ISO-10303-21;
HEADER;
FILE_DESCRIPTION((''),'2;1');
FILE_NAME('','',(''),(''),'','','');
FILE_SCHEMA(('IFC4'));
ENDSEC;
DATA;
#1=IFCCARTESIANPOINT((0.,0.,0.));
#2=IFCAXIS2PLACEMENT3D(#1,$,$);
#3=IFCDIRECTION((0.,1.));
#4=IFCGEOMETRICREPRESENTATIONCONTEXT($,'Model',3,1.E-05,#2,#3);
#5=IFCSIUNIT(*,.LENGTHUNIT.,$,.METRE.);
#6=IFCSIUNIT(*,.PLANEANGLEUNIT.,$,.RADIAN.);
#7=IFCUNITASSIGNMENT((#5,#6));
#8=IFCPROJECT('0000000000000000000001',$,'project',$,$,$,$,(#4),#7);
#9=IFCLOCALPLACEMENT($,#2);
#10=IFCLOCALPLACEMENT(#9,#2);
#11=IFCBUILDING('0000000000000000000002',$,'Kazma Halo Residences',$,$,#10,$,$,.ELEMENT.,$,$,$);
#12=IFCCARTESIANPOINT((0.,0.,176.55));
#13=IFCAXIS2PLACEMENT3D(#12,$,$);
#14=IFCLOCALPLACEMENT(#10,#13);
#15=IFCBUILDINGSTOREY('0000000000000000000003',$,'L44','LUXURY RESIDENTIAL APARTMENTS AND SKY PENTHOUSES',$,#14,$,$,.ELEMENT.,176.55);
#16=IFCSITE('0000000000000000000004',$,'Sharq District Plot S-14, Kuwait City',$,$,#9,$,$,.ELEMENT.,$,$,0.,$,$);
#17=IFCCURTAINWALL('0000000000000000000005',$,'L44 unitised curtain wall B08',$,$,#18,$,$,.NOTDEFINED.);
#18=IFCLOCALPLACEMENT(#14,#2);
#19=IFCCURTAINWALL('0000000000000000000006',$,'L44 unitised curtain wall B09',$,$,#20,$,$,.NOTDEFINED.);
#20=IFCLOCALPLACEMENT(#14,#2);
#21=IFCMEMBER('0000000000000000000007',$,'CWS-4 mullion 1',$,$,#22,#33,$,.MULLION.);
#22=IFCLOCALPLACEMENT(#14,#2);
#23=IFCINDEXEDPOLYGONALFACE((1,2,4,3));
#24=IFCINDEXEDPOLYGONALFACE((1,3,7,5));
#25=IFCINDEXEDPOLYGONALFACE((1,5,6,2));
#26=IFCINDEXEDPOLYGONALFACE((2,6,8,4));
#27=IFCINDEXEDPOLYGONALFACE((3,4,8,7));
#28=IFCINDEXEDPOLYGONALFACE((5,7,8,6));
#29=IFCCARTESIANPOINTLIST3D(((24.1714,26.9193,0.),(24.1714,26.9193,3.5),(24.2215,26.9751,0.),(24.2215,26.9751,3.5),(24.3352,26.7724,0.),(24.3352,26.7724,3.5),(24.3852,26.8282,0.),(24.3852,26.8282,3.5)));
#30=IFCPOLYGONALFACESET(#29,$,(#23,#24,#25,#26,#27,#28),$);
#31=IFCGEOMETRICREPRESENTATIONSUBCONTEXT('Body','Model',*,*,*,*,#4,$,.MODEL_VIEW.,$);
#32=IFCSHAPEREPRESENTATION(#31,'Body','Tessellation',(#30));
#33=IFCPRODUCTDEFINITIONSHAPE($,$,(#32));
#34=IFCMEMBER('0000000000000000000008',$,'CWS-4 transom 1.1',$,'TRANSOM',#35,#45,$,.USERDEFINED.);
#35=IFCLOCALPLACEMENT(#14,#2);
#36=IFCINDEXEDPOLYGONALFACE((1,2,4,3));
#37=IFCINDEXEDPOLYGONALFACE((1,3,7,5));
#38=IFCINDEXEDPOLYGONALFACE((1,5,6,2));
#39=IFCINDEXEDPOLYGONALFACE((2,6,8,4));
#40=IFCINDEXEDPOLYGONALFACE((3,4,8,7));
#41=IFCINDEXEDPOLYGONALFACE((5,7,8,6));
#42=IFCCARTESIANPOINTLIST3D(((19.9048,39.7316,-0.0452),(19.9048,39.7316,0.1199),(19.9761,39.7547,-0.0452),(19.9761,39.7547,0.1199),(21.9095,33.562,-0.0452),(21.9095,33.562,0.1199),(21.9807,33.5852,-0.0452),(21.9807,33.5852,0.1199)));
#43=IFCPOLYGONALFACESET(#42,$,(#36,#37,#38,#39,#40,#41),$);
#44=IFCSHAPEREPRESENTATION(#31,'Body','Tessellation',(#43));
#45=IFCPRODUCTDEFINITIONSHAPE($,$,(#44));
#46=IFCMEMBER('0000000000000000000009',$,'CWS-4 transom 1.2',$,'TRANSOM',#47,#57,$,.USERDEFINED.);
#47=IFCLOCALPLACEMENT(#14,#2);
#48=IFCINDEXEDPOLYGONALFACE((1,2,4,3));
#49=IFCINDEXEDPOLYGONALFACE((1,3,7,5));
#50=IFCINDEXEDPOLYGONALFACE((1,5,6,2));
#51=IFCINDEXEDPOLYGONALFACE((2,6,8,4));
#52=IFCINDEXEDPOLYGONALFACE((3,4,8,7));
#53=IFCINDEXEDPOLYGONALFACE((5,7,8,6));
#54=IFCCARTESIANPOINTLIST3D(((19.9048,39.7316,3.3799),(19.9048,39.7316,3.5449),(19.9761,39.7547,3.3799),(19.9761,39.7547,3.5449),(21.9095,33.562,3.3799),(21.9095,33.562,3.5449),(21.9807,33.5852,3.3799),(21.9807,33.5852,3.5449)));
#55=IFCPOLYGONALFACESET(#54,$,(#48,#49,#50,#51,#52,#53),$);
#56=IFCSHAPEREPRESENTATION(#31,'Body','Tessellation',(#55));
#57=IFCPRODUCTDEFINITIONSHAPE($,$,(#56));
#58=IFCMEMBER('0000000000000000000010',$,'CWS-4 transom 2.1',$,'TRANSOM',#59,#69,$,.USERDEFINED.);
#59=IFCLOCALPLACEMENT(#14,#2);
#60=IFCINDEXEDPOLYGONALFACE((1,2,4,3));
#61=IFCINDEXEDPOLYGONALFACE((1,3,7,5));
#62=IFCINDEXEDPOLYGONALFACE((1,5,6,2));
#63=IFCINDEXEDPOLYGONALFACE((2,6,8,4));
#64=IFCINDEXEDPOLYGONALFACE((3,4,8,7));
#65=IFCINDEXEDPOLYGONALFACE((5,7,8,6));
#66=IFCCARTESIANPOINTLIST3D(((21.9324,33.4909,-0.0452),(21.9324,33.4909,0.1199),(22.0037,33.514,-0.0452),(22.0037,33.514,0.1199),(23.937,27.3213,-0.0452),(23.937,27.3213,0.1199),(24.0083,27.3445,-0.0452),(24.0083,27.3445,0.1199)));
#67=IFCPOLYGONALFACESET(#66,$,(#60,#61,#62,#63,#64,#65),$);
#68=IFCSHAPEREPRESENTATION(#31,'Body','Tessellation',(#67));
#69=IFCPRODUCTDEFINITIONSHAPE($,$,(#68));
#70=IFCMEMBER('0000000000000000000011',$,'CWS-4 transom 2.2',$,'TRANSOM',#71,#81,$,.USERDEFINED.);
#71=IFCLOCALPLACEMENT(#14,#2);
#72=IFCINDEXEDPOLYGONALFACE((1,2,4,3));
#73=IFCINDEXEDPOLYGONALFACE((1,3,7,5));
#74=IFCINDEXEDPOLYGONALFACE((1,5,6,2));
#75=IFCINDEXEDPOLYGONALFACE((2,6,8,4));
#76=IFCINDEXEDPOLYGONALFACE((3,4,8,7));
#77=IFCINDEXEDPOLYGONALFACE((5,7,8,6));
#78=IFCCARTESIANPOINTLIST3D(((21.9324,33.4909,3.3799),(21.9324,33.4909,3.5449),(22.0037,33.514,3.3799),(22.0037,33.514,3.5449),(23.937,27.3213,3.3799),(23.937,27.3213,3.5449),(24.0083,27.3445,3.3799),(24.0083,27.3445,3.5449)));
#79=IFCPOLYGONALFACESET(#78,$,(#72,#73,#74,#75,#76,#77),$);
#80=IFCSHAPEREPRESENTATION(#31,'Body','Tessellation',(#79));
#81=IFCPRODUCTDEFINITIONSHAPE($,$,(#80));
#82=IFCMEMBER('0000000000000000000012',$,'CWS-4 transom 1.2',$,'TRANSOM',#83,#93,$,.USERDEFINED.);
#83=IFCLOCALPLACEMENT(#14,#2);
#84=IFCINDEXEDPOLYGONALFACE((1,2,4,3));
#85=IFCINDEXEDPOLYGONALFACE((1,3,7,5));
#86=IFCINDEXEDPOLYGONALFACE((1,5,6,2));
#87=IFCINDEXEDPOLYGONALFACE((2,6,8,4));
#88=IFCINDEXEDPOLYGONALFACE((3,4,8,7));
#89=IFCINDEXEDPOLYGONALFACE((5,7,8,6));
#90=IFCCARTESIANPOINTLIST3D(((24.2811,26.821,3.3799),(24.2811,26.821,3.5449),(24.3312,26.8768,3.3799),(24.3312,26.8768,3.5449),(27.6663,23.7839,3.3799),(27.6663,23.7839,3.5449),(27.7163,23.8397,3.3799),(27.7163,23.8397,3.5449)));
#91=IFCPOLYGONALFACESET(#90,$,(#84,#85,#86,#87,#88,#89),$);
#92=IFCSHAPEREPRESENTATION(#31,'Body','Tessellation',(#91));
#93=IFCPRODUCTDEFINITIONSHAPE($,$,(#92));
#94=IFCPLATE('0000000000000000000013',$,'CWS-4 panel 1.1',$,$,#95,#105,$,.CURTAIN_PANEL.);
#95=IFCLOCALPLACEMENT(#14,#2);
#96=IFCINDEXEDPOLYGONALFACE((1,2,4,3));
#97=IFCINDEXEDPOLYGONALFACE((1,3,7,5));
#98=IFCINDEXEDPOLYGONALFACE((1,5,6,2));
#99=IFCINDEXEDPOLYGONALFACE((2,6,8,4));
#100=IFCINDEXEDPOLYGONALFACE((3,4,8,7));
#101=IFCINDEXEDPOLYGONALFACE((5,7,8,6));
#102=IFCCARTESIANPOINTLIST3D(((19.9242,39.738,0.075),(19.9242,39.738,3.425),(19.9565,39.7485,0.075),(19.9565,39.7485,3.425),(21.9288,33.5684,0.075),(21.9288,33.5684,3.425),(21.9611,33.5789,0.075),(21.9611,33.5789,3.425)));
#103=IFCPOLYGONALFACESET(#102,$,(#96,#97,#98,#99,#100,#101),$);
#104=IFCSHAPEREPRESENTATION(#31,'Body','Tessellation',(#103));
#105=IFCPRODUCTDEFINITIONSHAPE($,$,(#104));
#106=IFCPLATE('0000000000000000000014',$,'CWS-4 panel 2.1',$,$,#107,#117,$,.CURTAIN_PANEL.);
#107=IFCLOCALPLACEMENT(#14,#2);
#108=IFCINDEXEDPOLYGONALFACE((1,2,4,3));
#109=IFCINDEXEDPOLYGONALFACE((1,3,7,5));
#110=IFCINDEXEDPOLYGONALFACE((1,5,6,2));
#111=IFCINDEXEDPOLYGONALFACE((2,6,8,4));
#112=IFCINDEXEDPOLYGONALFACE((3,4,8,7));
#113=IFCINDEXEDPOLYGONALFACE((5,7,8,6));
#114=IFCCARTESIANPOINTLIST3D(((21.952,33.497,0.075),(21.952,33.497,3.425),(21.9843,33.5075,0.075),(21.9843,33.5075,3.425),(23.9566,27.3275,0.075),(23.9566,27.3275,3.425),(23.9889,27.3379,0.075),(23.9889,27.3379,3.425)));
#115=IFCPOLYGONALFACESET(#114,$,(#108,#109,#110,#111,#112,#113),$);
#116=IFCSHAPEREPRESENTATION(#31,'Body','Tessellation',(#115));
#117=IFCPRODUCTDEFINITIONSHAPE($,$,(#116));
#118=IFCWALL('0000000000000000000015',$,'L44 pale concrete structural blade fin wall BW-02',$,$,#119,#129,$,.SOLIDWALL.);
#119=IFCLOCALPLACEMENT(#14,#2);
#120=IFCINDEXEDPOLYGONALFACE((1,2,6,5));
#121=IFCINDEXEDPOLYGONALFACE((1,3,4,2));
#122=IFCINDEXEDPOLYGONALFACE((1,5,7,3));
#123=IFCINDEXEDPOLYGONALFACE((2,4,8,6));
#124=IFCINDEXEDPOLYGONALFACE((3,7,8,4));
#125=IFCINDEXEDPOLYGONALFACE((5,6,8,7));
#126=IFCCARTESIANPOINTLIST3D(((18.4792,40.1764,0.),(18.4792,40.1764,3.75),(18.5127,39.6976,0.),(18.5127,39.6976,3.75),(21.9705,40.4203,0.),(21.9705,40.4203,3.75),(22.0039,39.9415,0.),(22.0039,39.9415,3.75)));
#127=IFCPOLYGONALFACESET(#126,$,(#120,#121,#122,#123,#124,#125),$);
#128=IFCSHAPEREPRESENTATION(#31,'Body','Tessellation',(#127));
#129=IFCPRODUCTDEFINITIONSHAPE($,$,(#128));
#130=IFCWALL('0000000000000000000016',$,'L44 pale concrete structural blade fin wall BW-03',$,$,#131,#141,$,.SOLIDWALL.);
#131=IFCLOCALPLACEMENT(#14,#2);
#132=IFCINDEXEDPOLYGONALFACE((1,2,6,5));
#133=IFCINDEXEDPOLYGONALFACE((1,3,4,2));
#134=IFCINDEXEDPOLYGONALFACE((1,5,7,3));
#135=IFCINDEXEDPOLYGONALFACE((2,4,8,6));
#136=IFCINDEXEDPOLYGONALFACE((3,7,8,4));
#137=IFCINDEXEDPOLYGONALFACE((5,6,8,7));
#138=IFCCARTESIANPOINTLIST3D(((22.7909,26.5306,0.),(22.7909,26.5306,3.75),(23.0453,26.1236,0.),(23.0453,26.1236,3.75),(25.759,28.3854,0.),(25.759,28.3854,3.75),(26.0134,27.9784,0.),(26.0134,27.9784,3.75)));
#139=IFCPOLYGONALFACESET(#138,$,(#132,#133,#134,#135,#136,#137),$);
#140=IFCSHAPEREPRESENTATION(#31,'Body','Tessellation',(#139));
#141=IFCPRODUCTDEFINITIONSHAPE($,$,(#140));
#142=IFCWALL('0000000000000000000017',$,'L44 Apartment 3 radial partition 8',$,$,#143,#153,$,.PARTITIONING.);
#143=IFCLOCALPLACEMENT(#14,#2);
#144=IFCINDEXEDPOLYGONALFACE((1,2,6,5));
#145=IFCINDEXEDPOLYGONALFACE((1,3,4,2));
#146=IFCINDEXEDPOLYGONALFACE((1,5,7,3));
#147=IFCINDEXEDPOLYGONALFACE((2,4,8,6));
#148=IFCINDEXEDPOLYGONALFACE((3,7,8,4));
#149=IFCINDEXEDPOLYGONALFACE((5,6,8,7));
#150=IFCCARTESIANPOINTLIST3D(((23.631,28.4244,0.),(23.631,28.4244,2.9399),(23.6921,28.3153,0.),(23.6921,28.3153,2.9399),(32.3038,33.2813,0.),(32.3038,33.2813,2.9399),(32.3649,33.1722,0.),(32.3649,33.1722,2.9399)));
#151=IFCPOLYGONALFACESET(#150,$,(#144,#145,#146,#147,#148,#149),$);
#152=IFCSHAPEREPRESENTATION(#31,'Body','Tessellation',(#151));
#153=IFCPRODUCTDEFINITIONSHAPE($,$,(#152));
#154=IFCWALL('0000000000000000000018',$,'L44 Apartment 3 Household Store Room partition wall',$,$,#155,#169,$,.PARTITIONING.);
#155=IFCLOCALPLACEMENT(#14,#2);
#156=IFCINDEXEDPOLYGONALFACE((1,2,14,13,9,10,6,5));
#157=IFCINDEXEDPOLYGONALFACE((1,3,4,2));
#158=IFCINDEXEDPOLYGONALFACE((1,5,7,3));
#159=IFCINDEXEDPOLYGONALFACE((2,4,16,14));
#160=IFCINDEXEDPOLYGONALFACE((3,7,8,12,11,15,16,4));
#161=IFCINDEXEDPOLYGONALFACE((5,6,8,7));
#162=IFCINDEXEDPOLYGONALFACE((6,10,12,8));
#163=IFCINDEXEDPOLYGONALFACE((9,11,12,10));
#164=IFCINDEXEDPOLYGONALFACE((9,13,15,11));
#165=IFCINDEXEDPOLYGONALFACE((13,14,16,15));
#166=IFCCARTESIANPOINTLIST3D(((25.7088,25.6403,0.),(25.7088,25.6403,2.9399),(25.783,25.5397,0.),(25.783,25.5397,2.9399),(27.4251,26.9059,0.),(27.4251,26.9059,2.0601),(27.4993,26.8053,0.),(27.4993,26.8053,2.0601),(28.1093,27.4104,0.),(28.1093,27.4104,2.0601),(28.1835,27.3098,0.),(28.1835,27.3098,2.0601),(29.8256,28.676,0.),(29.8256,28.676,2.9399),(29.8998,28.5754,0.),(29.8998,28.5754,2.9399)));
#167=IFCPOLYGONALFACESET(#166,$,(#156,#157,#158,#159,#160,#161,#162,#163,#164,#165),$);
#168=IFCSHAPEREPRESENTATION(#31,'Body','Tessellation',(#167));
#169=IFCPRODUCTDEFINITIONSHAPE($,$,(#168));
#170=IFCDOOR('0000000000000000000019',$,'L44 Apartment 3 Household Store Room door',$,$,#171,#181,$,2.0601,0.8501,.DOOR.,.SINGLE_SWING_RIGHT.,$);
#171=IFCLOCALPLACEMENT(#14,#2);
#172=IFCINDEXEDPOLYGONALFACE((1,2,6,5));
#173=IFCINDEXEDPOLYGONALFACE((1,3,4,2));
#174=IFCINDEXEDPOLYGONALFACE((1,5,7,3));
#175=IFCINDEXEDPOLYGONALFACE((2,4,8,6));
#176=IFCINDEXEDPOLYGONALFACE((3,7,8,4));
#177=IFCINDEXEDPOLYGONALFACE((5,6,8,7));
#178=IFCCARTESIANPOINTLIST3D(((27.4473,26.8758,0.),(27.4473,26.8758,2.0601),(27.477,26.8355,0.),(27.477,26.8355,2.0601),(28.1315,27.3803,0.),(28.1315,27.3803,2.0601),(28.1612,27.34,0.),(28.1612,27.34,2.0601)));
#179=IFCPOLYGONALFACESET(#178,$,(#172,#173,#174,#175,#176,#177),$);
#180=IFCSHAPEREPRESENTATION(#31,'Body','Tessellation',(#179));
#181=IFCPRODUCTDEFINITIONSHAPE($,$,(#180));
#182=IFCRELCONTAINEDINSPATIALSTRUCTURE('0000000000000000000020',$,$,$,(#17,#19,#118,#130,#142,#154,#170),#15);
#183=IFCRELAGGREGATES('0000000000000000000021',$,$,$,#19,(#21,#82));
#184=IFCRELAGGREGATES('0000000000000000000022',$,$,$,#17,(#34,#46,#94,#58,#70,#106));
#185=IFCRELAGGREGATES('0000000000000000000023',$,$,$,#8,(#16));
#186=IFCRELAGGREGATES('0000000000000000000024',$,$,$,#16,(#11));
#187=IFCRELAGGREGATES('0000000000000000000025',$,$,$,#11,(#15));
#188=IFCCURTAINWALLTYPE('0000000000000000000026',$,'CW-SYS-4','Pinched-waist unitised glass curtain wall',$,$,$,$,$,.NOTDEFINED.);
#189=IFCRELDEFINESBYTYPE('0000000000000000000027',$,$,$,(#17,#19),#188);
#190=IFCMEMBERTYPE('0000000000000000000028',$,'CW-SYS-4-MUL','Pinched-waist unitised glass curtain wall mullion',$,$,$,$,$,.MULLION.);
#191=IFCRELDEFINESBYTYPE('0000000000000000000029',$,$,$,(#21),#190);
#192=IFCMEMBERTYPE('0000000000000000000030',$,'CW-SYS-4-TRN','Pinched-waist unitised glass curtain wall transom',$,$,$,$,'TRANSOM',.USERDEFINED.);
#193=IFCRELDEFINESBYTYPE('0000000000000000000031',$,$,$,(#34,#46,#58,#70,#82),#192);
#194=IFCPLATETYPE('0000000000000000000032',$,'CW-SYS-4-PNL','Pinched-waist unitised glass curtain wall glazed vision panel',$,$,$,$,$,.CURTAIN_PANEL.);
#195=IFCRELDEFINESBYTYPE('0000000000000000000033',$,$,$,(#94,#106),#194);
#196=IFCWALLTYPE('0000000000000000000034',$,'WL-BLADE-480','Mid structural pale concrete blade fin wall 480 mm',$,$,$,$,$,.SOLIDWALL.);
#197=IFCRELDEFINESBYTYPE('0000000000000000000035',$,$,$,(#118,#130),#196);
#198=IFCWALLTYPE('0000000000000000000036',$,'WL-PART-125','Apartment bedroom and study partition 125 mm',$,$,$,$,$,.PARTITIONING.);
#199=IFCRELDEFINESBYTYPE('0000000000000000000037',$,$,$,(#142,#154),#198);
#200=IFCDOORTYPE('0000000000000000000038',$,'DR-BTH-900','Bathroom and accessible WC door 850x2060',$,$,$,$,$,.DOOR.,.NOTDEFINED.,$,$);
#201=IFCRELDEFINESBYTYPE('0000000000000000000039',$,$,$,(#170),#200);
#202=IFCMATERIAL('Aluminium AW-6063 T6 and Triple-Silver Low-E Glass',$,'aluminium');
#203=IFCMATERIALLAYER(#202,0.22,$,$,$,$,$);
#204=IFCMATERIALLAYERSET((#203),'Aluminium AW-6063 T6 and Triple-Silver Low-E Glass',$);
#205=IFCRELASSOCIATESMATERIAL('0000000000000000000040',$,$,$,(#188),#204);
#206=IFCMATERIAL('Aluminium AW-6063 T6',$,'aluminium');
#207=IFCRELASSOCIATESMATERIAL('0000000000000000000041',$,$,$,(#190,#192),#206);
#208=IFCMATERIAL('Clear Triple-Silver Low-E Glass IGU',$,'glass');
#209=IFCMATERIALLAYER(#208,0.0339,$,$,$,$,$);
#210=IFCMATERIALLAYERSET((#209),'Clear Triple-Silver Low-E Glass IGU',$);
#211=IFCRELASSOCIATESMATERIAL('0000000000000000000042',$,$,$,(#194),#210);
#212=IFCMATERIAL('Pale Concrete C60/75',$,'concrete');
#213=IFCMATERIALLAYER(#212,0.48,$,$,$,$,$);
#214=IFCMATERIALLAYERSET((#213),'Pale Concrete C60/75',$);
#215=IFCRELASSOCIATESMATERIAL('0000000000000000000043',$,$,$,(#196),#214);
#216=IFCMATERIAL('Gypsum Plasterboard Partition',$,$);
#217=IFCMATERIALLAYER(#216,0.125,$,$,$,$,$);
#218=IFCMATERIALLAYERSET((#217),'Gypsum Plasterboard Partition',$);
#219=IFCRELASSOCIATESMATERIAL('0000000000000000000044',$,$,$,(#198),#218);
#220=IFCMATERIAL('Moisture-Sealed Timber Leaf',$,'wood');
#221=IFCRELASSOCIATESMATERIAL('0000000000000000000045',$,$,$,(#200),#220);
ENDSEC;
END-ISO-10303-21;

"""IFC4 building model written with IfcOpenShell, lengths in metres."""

from ifc_helpers import new_model, si_unit, direction, frame, frame_2d, origin, origin_2d, place, context, subcontext, project, spatial, rectangle, extrude, material, layer, layer_set, material_profile, profile_set, type_object, element, fill, aggregate, save


model = new_model("IFC4")

# Units and contexts
model_context = context("Model", 3, precision=1e-05, world=origin(), true_north=direction((0.0, 1.0)))
body_context = subcontext(model_context, "Body", "Model", "MODEL_VIEW")
ifc_project = project(units=[si_unit("LENGTHUNIT", "METRE"), si_unit("PLANEANGLEUNIT", "RADIAN")], contexts=[model_context])

# Site, building, storey
site_placement = place(None, origin())
site = spatial("IfcSite", under=ifc_project, at=site_placement, Name="Sharq District Plot S-14, Kuwait City", CompositionType="ELEMENT", RefElevation=0.0)
building_placement = place(site_placement, origin())
building = spatial("IfcBuilding", under=site, at=building_placement, Name="Kazma Halo Residences", CompositionType="ELEMENT")
storey_placement = place(building_placement, frame((0.0, 0.0, 176.55)))
storey = spatial("IfcBuildingStorey", under=building, at=storey_placement, Name="L44", Description="LUXURY RESIDENTIAL APARTMENTS AND SKY PENTHOUSES", CompositionType="ELEMENT", Elevation=176.55)

# Curtain wall
ifc_material_1 = material(Name="Aluminium AW-6063 T6 and Triple-Silver Low-E Glass", Category="aluminium")
ifc_layer_1 = layer(ifc_material_1, 0.22)
ifc_layer_set_1 = layer_set([ifc_layer_1], Name="Aluminium AW-6063 T6 and Triple-Silver Low-E Glass")
curtain_wall_type = type_object("IfcCurtainWallType", Name="CW-SYS-4", Description="Pinched-waist unitised glass curtain wall", PredefinedType="NOTDEFINED", material=ifc_layer_set_1)
curtain_wall_1_placement = place(storey_placement, origin())
curtain_wall_1 = element("IfcCurtainWall", 1, at=curtain_wall_1_placement, inside=storey, type_object=curtain_wall_type, Name="L44 unitised curtain wall B08", PredefinedType="NOTDEFINED")
ifc_material_2 = material(Name="Aluminium AW-6063 T6", Category="aluminium")
ifc_material_profile_1 = material_profile(ifc_material_2, rectangle(XDim=0.075, YDim=0.22, at=origin_2d()), Name="CWM-75x220")
ifc_profile_set_1 = profile_set([ifc_material_profile_1], Name="Aluminium AW-6063 T6")
member_type_1 = type_object("IfcMemberType", Name="CW-SYS-4-MUL", Description="Pinched-waist unitised glass curtain wall mullion", PredefinedType="MULLION", material=ifc_profile_set_1)

# Curtain wall, member
curtain_wall_2_placement = place(storey_placement, origin())
curtain_wall_2 = element("IfcCurtainWall", 2, at=curtain_wall_2_placement, inside=storey, type_object=curtain_wall_type, Name="L44 unitised curtain wall B09", PredefinedType="NOTDEFINED")
member_1_placement = place(storey_placement, frame((24.2783, 26.8738, 0.0), z_axis=(0.0, 0.0, 1.0), x_axis=(0.667784, 0.744355, 0.0)))
member_1 = element("IfcMember", 3, at=member_1_placement, type_object=member_type_1, Name="CWS-4 mullion 1", PredefinedType="MULLION", context=body_context, shape_type="SweptSolid", body=[
    extrude(rectangle(XDim=0.075, YDim=0.22, at=origin_2d()), origin(), (0.0, 0.0, 1.0), 3.5),
])

# Members
ifc_material_profile_2 = material_profile(ifc_material_2, rectangle(XDim=0.075, YDim=0.165, at=origin_2d()), Name="CWT-75x165")
ifc_profile_set_2 = profile_set([ifc_material_profile_2], Name="Aluminium AW-6063 T6")
member_type_2 = type_object("IfcMemberType", Name="CW-SYS-4-TRN", Description="Pinched-waist unitised glass curtain wall transom", ElementType="TRANSOM", PredefinedType="USERDEFINED", material=ifc_profile_set_2)
member_2_placement = place(storey_placement, frame((19.9404, 39.7432, 0.0374), z_axis=(0.309027, -0.951053, 0.0), x_axis=(0.951053, 0.309027, 0.0)))
member_2 = element("IfcMember", 4, at=member_2_placement, type_object=member_type_2, Name="CWS-4 transom 1.1", ObjectType="TRANSOM", PredefinedType="USERDEFINED", context=body_context, shape_type="SweptSolid", body=[
    extrude(rectangle(XDim=0.075, YDim=0.165, at=origin_2d()), origin(), (0.0, 0.0, 1.0), 6.4871),
])
member_3_placement = place(storey_placement, frame((19.9404, 39.7432, 3.4624), z_axis=(0.309027, -0.951053, 0.0), x_axis=(0.951053, 0.309027, 0.0)))
member_3 = element("IfcMember", 5, at=member_3_placement, type_object=member_type_2, Name="CWS-4 transom 1.2", ObjectType="TRANSOM", PredefinedType="USERDEFINED", context=body_context, shape_type="SweptSolid", body=[
    extrude(rectangle(XDim=0.075, YDim=0.165, at=origin_2d()), origin(), (0.0, 0.0, 1.0), 6.4871),
])
member_4_placement = place(storey_placement, frame((21.968, 33.5024, 0.0374), z_axis=(0.309015, -0.951057, 0.0), x_axis=(0.951057, 0.309015, 0.0)))
member_4 = element("IfcMember", 6, at=member_4_placement, type_object=member_type_2, Name="CWS-4 transom 2.1", ObjectType="TRANSOM", PredefinedType="USERDEFINED", context=body_context, shape_type="SweptSolid", body=[
    extrude(rectangle(XDim=0.075, YDim=0.165, at=origin_2d()), origin(), (0.0, 0.0, 1.0), 6.4871),
])
member_5_placement = place(storey_placement, frame((21.968, 33.5024, 3.4624), z_axis=(0.309015, -0.951057, 0.0), x_axis=(0.951057, 0.309015, 0.0)))
member_5 = element("IfcMember", 7, at=member_5_placement, type_object=member_type_2, Name="CWS-4 transom 2.2", ObjectType="TRANSOM", PredefinedType="USERDEFINED", context=body_context, shape_type="SweptSolid", body=[
    extrude(rectangle(XDim=0.075, YDim=0.165, at=origin_2d()), origin(), (0.0, 0.0, 1.0), 6.4871),
])
member_6_placement = place(storey_placement, frame((24.3062, 26.8489, 3.4624), z_axis=(0.744345, -0.667795, 0.0), x_axis=(0.667795, 0.744345, 0.0)))
member_6 = element("IfcMember", 8, at=member_6_placement, type_object=member_type_2, Name="CWS-4 transom 1.2", ObjectType="TRANSOM", PredefinedType="USERDEFINED", context=body_context, shape_type="SweptSolid", body=[
    extrude(rectangle(XDim=0.075, YDim=0.165, at=origin_2d()), origin(), (0.0, 0.0, 1.0), 4.5479),
])
aggregate(curtain_wall_2, [member_1, member_6])

# Plates
ifc_material_3 = material(Name="Clear Triple-Silver Low-E Glass IGU", Category="glass")
ifc_layer_2 = layer(ifc_material_3, 0.0339)
ifc_layer_set_2 = layer_set([ifc_layer_2], Name="Clear Triple-Silver Low-E Glass IGU")
plate_type = type_object("IfcPlateType", Name="CW-SYS-4-PNL", Description="Pinched-waist unitised glass curtain wall glazed vision panel", PredefinedType="CURTAIN_PANEL", material=ifc_layer_set_2)
plate_1_placement = place(storey_placement, frame((20.9426, 36.6584, 0.075), z_axis=(0.0, 0.0, 1.0), x_axis=(0.309016, -0.951057, 0.0)))
plate_1 = element("IfcPlate", 9, at=plate_1_placement, type_object=plate_type, Name="CWS-4 panel 1.1", PredefinedType="CURTAIN_PANEL", context=body_context, shape_type="SweptSolid", body=[
    extrude(rectangle(XDim=6.4871, YDim=0.0339, at=origin_2d()), origin(), (0.0, 0.0, 1.0), 3.3501),
])
plate_2_placement = place(storey_placement, frame((22.9705, 30.4175, 0.075), z_axis=(0.0, 0.0, 1.0), x_axis=(0.309016, -0.951057, 0.0)))
plate_2 = element("IfcPlate", 10, at=plate_2_placement, type_object=plate_type, Name="CWS-4 panel 2.1", PredefinedType="CURTAIN_PANEL", context=body_context, shape_type="SweptSolid", body=[
    extrude(rectangle(XDim=6.4871, YDim=0.0339, at=origin_2d()), origin(), (0.0, 0.0, 1.0), 3.3501),
])
aggregate(curtain_wall_1, [member_2, member_3, plate_1, member_4, member_5, plate_2])

# Walls
ifc_material_4 = material(Name="Pale Concrete C60/75", Category="concrete")
ifc_layer_3 = layer(ifc_material_4, 0.48)
ifc_layer_set_3 = layer_set([ifc_layer_3], Name="Pale Concrete C60/75")
wall_type_1 = type_object("IfcWallType", Name="WL-BLADE-480", Description="Mid structural pale concrete blade fin wall 480 mm", PredefinedType="SOLIDWALL", material=ifc_layer_set_3)
wall_1_placement = place(storey_placement, frame((21.9873, 40.1809, 0.0), z_axis=(0.0, 0.0, 1.0), x_axis=(-0.997569, -0.06969, 0.0)))
element("IfcWall", 11, at=wall_1_placement, inside=storey, type_object=wall_type_1, Name="L44 pale concrete structural blade fin wall BW-02", PredefinedType="SOLIDWALL", context=body_context, shape_type="SweptSolid", body=[
    extrude(rectangle(XDim=3.4998, YDim=0.48, at=frame_2d((1.75, 0.0))), origin(), (0.0, 0.0, 1.0), 3.75),
])
wall_2_placement = place(storey_placement, frame((25.8862, 28.1819, 0.0), z_axis=(0.0, 0.0, 1.0), x_axis=(-0.848034, -0.529943, 0.0)))
element("IfcWall", 12, at=wall_2_placement, inside=storey, type_object=wall_type_1, Name="L44 pale concrete structural blade fin wall BW-03", PredefinedType="SOLIDWALL", context=body_context, shape_type="SweptSolid", body=[
    extrude(rectangle(XDim=3.5, YDim=0.48, at=frame_2d((1.75, 0.0))), origin(), (0.0, 0.0, 1.0), 3.75),
])
ifc_material_5 = material(Name="Gypsum Plasterboard Partition")
ifc_layer_4 = layer(ifc_material_5, 0.125)
ifc_layer_set_4 = layer_set([ifc_layer_4], Name="Gypsum Plasterboard Partition")
wall_type_2 = type_object("IfcWallType", Name="WL-PART-125", Description="Apartment bedroom and study partition 125 mm", PredefinedType="PARTITIONING", material=ifc_layer_set_4)
wall_3_placement = place(storey_placement, frame((32.3345, 33.2268, 0.0), z_axis=(0.0, 0.0, 1.0), x_axis=(-0.8725, -0.488614, 0.0)))
element("IfcWall", 13, at=wall_3_placement, inside=storey, type_object=wall_type_2, Name="L44 Apartment 3 radial partition 8", PredefinedType="PARTITIONING", context=body_context, shape_type="SweptSolid", body=[
    extrude(rectangle(XDim=9.9402, YDim=0.125, at=frame_2d((4.9702, 0.0))), origin(), (0.0, 0.0, 1.0), 2.9399),
])

# Wall, opening, door
wall_4_placement = place(storey_placement, frame((29.8628, 28.6257, 0.0), z_axis=(0.0, 0.0, 1.0), x_axis=(-0.804842, -0.593489, 0.0)))
wall_4 = element("IfcWall", 14, at=wall_4_placement, inside=storey, type_object=wall_type_2, Name="L44 Apartment 3 Household Store Room partition wall", PredefinedType="PARTITIONING", context=body_context, shape_type="SweptSolid", body=[
    extrude(rectangle(XDim=5.115, YDim=0.125, at=frame_2d((2.5576, 0.0))), origin(), (0.0, 0.0, 1.0), 2.9399),
])
opening_1_placement = place(wall_4_placement, frame((2.1326, 0.0, 0.0)))
opening_1 = element("IfcOpeningElement", 15, at=opening_1_placement, cuts=wall_4, PredefinedType="OPENING", context=body_context, shape_type="SweptSolid", body=[
    extrude(rectangle(XDim=0.8501, YDim=2.0601, at=frame_2d((0.425, 1.03))), frame((0.0, 0.0725, 0.0), z_axis=(0.0, -1.0, 0.0), x_axis=(1.0, 0.0, 0.0)), (0.0, 0.0, 1.0), 0.145),
])
ifc_material_6 = material(Name="Moisture-Sealed Timber Leaf", Category="wood")
door_type = type_object("IfcDoorType", Name="DR-BTH-900", Description="Bathroom and accessible WC door 850x2060", OperationType="NOTDEFINED", PredefinedType="DOOR", material=ifc_material_6)
door_1_placement = place(opening_1_placement, origin())
door_1 = element("IfcDoor", 16, at=door_1_placement, inside=storey, type_object=door_type, Name="L44 Apartment 3 Household Store Room door", OperationType="SINGLE_SWING_RIGHT", OverallHeight=2.0601, OverallWidth=0.8501, PredefinedType="DOOR", context=body_context, shape_type="SweptSolid", body=[
    extrude(rectangle(XDim=0.8501, YDim=2.0601, at=frame_2d((0.425, 1.03))), frame((0.0, 0.0249, 0.0), z_axis=(0.0, -1.0, 0.0), x_axis=(1.0, 0.0, 0.0)), (0.0, 0.0, 1.0), 0.05),
])
fill(opening_1, door_1)

save(model, "model.ifc")
